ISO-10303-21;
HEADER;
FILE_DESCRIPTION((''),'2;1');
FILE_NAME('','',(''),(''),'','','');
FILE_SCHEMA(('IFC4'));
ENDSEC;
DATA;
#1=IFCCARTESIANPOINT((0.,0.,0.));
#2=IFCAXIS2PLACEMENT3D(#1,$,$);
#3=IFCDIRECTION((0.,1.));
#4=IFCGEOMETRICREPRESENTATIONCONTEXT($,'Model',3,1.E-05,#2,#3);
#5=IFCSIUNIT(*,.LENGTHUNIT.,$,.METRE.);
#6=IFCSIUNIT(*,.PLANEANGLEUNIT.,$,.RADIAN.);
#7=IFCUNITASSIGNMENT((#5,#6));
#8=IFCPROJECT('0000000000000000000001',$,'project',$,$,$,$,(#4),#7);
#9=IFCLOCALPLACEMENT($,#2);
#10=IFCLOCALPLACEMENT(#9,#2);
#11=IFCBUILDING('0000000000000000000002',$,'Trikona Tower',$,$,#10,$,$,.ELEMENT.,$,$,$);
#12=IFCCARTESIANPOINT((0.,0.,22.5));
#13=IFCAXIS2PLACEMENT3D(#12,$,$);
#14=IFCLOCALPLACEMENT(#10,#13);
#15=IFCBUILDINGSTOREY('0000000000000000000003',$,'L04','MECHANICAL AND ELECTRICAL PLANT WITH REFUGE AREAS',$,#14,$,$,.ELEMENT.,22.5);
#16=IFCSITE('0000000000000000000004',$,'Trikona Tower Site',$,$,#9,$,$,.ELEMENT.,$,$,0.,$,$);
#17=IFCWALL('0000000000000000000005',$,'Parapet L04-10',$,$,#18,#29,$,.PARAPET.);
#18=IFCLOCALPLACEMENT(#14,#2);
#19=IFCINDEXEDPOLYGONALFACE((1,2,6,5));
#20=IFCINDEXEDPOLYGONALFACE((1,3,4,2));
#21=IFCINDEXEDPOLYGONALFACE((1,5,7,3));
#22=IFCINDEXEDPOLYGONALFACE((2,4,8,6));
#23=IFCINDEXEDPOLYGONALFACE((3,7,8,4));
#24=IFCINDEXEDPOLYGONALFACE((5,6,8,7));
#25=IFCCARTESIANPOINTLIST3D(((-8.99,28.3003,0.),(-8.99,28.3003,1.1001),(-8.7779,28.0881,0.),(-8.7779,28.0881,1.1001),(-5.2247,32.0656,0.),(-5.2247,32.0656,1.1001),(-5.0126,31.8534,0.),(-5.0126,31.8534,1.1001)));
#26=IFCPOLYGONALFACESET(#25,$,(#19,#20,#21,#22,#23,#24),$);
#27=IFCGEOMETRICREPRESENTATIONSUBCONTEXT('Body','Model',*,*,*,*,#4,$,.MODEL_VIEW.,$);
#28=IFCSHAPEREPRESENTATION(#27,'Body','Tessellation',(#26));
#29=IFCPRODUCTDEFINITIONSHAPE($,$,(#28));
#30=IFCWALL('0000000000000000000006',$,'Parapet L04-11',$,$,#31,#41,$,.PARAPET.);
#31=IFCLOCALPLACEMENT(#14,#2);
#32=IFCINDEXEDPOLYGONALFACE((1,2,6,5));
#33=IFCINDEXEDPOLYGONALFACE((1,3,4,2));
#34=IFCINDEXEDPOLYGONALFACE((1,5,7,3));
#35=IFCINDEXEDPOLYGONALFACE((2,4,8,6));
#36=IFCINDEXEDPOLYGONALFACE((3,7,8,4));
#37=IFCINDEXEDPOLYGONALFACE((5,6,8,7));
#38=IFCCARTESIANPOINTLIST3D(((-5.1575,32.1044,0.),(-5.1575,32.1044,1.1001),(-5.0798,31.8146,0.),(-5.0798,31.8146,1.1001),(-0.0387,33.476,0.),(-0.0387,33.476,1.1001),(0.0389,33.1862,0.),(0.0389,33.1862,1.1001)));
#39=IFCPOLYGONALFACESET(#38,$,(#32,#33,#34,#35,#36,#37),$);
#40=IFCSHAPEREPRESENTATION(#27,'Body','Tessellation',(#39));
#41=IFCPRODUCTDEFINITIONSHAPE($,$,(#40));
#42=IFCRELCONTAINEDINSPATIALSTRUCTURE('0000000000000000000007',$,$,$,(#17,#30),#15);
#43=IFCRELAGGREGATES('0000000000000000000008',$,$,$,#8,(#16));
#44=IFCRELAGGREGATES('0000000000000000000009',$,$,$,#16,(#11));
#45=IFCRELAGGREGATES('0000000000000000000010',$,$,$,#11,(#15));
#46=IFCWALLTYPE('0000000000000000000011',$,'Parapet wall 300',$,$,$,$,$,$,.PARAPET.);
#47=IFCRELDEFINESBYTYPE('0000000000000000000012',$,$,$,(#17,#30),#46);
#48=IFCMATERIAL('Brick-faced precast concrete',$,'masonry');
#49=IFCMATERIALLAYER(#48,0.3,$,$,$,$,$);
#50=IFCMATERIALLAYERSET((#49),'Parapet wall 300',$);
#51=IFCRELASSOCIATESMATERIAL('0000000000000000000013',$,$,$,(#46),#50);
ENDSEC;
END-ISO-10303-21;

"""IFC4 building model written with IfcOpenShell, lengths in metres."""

from ifc_helpers import new_model, si_unit, direction, frame, frame_2d, origin, place, context, subcontext, project, spatial, rectangle, extrude, material, layer, layer_set, type_object, element, save


model = new_model("IFC4")

# Units and contexts
model_context = context("Model", 3, precision=1e-05, world=origin(), true_north=direction((0.0, 1.0)))
body_context = subcontext(model_context, "Body", "Model", "MODEL_VIEW")
ifc_project = project(units=[si_unit("LENGTHUNIT", "METRE"), si_unit("PLANEANGLEUNIT", "RADIAN")], contexts=[model_context])

# Site, building, storey
site_placement = place(None, origin())
site = spatial("IfcSite", under=ifc_project, at=site_placement, Name="Trikona Tower Site", CompositionType="ELEMENT", RefElevation=0.0)
building_placement = place(site_placement, origin())
building = spatial("IfcBuilding", under=site, at=building_placement, Name="Trikona Tower", CompositionType="ELEMENT")
storey_placement = place(building_placement, frame((0.0, 0.0, 22.5)))
storey = spatial("IfcBuildingStorey", under=building, at=storey_placement, Name="L04", Description="MECHANICAL AND ELECTRICAL PLANT WITH REFUGE AREAS", CompositionType="ELEMENT", Elevation=22.5)

# Walls
ifc_material_1 = material(Name="Brick-faced precast concrete", Category="masonry")
ifc_layer_1 = layer(ifc_material_1, 0.3)
ifc_layer_set_1 = layer_set([ifc_layer_1], Name="Parapet wall 300")
wall_type_1 = type_object("IfcWallType", Name="Parapet wall 300", PredefinedType="PARAPET", material=ifc_layer_set_1)
wall_1_placement = place(storey_placement, frame((-8.884, 28.1941, 0.0), z_axis=(0.0, 0.0, 1.0), x_axis=(0.707107, 0.707107, 0.0)))
element("IfcWall", 1, at=wall_1_placement, inside=storey, type_object=wall_type_1, Name="Parapet L04-10", PredefinedType="PARAPET", context=body_context, shape_type="SweptSolid", body=[
    extrude(rectangle(XDim=5.325, YDim=0.3, at=frame_2d((2.6626, 0.0))), origin(), (0.0, 0.0, 1.0), 1.1001),
])
wall_2_placement = place(storey_placement, frame((-5.1187, 31.9595, 0.0), z_axis=(0.0, 0.0, 1.0), x_axis=(0.965924, 0.258827, 0.0)))
element("IfcWall", 2, at=wall_2_placement, inside=storey, type_object=wall_type_1, Name="Parapet L04-11", PredefinedType="PARAPET", context=body_context, shape_type="SweptSolid", body=[
    extrude(rectangle(XDim=5.2993, YDim=0.3, at=frame_2d((2.6497, 0.0))), origin(), (0.0, 0.0, 1.0), 1.1001),
])

save(model, "model.ifc")
